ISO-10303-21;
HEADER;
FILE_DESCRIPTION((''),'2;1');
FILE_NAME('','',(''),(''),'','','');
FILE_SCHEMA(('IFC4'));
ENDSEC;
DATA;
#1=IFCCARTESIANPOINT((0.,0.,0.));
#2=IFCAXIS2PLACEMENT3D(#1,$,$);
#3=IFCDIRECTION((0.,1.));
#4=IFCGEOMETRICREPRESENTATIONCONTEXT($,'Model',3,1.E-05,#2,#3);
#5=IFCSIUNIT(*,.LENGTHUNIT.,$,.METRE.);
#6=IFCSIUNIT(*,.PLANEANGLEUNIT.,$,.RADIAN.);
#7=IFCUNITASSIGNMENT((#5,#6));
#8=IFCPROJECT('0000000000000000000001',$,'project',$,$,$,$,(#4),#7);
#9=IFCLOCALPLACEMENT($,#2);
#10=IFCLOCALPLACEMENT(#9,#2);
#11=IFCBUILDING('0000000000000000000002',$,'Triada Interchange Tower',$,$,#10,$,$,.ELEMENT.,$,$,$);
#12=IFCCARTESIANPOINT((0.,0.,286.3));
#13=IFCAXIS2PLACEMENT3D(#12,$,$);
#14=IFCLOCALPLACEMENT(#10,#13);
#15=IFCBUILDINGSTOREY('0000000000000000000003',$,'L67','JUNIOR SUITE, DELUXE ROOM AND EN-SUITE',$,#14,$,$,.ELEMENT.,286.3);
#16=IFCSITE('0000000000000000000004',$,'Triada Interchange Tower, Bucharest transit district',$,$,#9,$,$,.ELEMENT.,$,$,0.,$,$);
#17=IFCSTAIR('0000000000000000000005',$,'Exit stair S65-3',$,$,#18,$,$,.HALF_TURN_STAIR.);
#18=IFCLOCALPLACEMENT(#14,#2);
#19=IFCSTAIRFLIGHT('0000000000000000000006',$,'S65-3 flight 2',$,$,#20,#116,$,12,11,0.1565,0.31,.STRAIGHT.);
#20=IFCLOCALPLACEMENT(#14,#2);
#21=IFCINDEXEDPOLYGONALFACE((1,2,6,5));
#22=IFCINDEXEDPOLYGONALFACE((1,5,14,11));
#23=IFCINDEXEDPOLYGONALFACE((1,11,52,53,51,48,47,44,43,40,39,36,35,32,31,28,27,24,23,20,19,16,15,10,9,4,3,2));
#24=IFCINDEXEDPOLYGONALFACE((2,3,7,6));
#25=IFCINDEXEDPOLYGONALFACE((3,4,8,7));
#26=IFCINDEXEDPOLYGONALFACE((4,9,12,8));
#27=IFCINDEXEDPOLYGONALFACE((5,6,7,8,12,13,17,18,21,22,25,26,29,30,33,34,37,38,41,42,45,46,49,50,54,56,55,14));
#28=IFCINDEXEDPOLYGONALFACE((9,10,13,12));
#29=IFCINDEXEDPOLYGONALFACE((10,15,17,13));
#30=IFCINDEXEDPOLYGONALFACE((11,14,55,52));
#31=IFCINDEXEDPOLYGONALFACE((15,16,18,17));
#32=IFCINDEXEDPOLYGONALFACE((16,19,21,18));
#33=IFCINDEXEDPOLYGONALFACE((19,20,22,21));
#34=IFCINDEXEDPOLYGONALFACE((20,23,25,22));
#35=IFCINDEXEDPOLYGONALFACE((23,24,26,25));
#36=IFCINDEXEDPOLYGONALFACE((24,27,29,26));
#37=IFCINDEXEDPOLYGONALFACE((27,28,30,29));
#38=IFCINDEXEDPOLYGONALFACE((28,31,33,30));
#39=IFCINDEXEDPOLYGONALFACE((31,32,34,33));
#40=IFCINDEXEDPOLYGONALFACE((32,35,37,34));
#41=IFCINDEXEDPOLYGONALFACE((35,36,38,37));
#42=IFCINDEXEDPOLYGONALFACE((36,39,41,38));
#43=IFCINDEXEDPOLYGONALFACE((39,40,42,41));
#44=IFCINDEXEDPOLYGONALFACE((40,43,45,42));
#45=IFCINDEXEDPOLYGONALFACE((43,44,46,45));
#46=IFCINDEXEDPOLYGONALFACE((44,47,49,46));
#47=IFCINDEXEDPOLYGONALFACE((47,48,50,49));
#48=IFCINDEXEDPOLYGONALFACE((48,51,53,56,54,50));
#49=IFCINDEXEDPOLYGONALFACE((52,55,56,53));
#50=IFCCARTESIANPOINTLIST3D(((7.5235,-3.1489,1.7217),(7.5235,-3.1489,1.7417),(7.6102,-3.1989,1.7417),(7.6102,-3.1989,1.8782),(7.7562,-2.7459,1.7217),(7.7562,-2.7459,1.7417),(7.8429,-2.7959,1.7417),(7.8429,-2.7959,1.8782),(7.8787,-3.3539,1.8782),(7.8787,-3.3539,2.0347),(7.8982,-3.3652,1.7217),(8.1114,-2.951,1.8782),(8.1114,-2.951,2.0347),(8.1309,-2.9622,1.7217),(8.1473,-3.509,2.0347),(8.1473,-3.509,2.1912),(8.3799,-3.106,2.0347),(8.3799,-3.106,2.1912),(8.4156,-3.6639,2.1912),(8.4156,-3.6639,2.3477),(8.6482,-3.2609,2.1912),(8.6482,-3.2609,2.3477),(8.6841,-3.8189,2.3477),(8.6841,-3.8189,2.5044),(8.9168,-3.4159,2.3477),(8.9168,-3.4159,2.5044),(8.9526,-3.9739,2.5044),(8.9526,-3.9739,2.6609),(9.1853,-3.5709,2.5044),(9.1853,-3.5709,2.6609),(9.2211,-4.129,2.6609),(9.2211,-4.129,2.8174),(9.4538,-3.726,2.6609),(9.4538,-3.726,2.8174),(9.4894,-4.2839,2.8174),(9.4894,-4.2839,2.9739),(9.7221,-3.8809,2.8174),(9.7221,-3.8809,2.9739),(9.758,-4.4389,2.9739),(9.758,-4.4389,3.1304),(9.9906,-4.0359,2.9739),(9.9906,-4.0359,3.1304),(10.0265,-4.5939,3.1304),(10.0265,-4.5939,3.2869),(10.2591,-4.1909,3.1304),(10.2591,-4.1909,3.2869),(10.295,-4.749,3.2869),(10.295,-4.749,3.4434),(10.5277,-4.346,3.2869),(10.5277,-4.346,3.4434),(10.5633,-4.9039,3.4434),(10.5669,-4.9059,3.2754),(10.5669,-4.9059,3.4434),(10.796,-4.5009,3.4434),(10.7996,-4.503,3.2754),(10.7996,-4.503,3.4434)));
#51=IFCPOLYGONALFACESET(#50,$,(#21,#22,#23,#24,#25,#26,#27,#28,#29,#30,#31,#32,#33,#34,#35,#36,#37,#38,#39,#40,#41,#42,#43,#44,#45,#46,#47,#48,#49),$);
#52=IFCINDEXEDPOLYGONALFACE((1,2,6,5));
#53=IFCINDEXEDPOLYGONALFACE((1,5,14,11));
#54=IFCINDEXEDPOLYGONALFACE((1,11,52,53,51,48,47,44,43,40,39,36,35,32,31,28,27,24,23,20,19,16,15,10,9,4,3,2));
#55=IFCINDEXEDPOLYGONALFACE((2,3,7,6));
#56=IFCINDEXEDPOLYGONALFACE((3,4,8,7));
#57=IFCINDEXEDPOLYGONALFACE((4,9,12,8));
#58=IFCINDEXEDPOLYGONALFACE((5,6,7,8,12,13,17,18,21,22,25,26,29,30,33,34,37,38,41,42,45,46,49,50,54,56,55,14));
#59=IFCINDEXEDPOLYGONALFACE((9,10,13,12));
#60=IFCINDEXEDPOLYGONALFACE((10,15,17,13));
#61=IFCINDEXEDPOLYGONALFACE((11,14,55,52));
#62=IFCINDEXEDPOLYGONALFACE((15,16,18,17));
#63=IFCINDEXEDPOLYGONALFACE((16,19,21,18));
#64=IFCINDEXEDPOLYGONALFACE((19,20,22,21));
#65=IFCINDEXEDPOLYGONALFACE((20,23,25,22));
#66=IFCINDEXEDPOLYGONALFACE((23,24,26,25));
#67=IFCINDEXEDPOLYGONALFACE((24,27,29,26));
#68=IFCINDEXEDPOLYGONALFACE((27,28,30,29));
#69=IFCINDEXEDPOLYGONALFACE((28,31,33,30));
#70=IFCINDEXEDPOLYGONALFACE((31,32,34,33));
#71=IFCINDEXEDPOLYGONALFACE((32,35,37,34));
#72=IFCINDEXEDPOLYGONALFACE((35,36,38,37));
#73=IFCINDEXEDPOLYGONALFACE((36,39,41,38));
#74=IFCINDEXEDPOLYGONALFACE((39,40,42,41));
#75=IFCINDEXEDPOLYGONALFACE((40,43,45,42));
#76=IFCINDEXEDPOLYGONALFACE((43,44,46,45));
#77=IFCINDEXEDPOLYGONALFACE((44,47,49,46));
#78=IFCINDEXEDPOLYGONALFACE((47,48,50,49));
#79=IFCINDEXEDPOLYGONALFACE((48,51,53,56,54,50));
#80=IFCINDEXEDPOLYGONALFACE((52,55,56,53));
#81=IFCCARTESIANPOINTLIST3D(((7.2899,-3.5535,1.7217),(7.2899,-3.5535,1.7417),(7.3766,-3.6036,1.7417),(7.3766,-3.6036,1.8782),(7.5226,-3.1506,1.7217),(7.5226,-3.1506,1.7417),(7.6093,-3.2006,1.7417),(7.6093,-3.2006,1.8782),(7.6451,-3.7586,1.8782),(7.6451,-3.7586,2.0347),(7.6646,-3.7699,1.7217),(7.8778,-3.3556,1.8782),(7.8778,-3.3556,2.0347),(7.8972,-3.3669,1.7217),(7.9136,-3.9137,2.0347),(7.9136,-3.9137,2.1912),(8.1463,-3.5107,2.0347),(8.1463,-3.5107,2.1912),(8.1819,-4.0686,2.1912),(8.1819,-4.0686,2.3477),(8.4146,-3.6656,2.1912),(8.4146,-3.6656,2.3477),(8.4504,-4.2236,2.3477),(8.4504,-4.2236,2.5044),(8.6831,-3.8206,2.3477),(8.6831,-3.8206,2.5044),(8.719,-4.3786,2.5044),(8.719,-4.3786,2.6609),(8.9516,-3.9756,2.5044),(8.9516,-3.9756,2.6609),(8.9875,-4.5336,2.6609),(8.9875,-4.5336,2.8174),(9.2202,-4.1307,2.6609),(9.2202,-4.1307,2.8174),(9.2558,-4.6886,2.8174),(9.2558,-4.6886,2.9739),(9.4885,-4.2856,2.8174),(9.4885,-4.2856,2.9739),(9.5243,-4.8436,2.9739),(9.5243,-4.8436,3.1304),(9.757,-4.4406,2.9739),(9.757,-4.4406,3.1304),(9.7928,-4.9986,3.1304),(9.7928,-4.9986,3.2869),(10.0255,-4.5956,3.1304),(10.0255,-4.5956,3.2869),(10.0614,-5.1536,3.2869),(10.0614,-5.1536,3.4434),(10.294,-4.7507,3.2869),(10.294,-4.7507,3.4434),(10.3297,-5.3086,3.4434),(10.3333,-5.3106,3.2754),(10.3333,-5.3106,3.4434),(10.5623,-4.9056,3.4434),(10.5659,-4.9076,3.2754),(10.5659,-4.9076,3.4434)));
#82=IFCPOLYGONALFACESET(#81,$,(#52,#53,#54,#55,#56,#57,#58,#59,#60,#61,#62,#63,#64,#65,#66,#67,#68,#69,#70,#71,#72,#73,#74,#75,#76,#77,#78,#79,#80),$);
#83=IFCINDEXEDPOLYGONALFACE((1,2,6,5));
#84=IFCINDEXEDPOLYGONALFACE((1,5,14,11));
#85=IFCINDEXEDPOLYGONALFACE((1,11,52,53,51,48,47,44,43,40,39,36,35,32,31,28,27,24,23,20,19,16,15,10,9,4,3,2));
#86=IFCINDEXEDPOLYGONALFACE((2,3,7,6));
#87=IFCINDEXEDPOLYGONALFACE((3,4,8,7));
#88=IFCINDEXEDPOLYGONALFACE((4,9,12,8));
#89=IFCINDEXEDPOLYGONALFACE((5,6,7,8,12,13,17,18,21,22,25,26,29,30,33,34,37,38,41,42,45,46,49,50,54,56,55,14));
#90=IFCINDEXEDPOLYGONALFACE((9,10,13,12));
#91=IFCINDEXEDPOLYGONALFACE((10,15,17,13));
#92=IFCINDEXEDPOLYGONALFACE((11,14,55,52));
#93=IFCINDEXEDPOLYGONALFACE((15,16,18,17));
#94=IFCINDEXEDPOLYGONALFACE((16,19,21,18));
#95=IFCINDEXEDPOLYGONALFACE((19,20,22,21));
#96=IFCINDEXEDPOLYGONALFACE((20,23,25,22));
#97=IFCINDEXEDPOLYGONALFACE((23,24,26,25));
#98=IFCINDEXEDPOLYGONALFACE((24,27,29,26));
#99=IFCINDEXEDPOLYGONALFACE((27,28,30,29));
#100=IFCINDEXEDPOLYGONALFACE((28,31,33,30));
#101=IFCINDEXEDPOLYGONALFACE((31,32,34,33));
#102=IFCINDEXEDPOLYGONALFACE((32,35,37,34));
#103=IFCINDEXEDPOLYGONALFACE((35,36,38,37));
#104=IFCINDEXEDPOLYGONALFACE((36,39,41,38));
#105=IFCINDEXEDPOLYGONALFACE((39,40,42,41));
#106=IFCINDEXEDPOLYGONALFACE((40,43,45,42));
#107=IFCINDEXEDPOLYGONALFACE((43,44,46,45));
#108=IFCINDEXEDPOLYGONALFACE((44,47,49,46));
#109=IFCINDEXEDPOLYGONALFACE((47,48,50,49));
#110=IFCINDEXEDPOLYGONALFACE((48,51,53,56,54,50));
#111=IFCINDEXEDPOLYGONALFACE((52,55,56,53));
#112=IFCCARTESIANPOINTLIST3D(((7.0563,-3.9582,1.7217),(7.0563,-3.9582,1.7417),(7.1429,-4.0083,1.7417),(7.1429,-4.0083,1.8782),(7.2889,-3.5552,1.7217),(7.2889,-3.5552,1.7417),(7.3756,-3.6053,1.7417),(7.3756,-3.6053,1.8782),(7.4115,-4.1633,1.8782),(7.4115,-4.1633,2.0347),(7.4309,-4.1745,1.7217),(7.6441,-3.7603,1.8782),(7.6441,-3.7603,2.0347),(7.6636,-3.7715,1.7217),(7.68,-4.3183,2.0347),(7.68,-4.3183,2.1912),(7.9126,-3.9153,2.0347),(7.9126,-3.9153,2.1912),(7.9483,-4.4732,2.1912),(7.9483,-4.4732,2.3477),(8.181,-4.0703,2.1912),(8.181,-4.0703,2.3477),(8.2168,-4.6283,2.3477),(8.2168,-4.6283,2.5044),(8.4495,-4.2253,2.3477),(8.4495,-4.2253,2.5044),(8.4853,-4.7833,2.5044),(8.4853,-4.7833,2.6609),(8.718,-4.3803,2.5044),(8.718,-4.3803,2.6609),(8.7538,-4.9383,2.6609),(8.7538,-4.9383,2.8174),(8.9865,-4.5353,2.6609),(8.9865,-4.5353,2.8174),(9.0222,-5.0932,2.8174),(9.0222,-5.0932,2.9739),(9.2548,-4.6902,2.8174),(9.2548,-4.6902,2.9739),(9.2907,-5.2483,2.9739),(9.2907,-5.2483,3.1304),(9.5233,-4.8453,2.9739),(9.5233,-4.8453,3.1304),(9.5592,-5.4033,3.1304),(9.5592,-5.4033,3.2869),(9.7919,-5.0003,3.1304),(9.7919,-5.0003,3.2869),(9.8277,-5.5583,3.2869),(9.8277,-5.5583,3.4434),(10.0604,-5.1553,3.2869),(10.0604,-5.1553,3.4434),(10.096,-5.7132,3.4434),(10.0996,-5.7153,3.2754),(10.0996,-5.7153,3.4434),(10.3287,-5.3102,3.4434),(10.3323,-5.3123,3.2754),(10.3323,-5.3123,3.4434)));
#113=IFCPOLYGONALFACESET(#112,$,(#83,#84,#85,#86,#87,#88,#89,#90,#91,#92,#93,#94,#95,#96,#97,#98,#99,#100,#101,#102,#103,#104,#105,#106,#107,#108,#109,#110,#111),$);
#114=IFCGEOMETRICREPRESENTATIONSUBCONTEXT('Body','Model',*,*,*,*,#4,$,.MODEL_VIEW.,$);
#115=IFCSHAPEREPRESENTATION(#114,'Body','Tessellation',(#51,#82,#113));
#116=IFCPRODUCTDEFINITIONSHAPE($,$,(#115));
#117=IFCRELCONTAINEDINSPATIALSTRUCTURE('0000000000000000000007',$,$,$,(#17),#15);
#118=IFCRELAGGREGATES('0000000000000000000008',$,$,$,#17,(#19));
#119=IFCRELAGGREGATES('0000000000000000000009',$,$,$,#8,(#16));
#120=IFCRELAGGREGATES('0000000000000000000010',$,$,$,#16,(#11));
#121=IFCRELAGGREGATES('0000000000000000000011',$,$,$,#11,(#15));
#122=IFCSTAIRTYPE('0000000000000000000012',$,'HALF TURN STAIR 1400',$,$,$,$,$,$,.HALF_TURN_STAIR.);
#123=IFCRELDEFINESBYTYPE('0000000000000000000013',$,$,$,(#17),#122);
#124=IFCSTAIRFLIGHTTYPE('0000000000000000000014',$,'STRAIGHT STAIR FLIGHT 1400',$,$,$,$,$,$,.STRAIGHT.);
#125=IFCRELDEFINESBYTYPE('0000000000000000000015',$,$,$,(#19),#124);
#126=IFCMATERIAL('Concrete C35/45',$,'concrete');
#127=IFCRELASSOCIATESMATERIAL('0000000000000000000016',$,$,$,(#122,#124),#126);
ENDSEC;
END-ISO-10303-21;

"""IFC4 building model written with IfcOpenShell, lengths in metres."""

from ifc_helpers import new_model, si_unit, direction, frame, origin, place, context, subcontext, project, spatial, polyline, outline, extrude, material, type_object, element, aggregate, save


model = new_model("IFC4")

# Units and contexts
model_context = context("Model", 3, precision=1e-05, world=origin(), true_north=direction((0.0, 1.0)))
body_context = subcontext(model_context, "Body", "Model", "MODEL_VIEW")
ifc_project = project(units=[si_unit("LENGTHUNIT", "METRE"), si_unit("PLANEANGLEUNIT", "RADIAN")], contexts=[model_context])

# Site, building, storey
site_placement = place(None, origin())
site = spatial("IfcSite", under=ifc_project, at=site_placement, Name="Triada Interchange Tower, Bucharest transit district", CompositionType="ELEMENT", RefElevation=0.0)
building_placement = place(site_placement, origin())
building = spatial("IfcBuilding", under=site, at=building_placement, Name="Triada Interchange Tower", CompositionType="ELEMENT")
storey_placement = place(building_placement, frame((0.0, 0.0, 286.3)))
storey = spatial("IfcBuildingStorey", under=building, at=storey_placement, Name="L67", Description="JUNIOR SUITE, DELUXE ROOM AND EN-SUITE", CompositionType="ELEMENT", Elevation=286.3)

# Stair, stair flight
ifc_material_1 = material(Name="Concrete C35/45", Category="concrete")
stair_type = type_object("IfcStairType", Name="HALF TURN STAIR 1400", PredefinedType="HALF_TURN_STAIR", material=ifc_material_1)
stair_placement = place(storey_placement, origin())
stair = element("IfcStair", 1, at=stair_placement, inside=storey, type_object=stair_type, Name="Exit stair S65-3", PredefinedType="HALF_TURN_STAIR")
stair_flight_type = type_object("IfcStairFlightType", Name="STRAIGHT STAIR FLIGHT 1400", PredefinedType="STRAIGHT", material=ifc_material_1)
stair_flight_1_placement = place(storey_placement, frame((7.4929, -3.4021, 1.7217), z_axis=(0.0, 0.0, 1.0), x_axis=(0.866025, -0.5, 0.0)))
stair_flight_1 = element("IfcStairFlight", 2, at=stair_flight_1_placement, type_object=stair_flight_type, Name="S65-3 flight 2", NumberOfRisers=12, NumberOfTreads=11, PredefinedType="STRAIGHT", RiserHeight=0.1565, TreadLength=0.31, context=body_context, shape_type="SweptSolid", body=[
    extrude(outline(polyline([(-0.1001, 0.0), (-0.1001, 0.02), (0.0, 0.02), (0.0, 0.1565), (0.3101, 0.1565), (0.3101, 0.313), (0.6201, 0.313), (0.6201, 0.4695), (0.9299, 0.4695), (0.9299, 0.626), (1.24, 0.626), (1.24, 0.7827), (1.55, 0.7827), (1.55, 0.9392), (1.8601, 0.9392), (1.8601, 1.0957), (2.1699, 1.0957), (2.1699, 1.2522), (2.48, 1.2522), (2.48, 1.4087), (2.79, 1.4087), (2.79, 1.5652), (3.1001, 1.5652), (3.1001, 1.7217), (3.4099, 1.7217), (3.4141, 1.7217), (3.4141, 1.8782), (3.4141, 1.5537), (0.3325, 0.0), (-0.1001, 0.0)])), frame((0.0, 0.7, 0.0), z_axis=(0.0, -1.0, 0.0), x_axis=(1.0, 0.0, 0.0)), (0.0, 0.0, 1.0), 0.4653),
    extrude(outline(polyline([(-0.1001, 0.0), (-0.1001, 0.02), (0.0, 0.02), (0.0, 0.1565), (0.3101, 0.1565), (0.3101, 0.313), (0.6201, 0.313), (0.6201, 0.4695), (0.9299, 0.4695), (0.9299, 0.626), (1.24, 0.626), (1.24, 0.7827), (1.55, 0.7827), (1.55, 0.9392), (1.8601, 0.9392), (1.8601, 1.0957), (2.1699, 1.0957), (2.1699, 1.2522), (2.48, 1.2522), (2.48, 1.4087), (2.79, 1.4087), (2.79, 1.5652), (3.1001, 1.5652), (3.1001, 1.7217), (3.4099, 1.7217), (3.4141, 1.7217), (3.4141, 1.8782), (3.4141, 1.5537), (0.3325, 0.0), (-0.1001, 0.0)])), frame((0.0, 0.2327, 0.0), z_axis=(0.0, -1.0, 0.0), x_axis=(1.0, 0.0, 0.0)), (0.0, 0.0, 1.0), 0.4653),
    extrude(outline(polyline([(-0.1001, 0.0), (-0.1001, 0.02), (0.0, 0.02), (0.0, 0.1565), (0.3101, 0.1565), (0.3101, 0.313), (0.6201, 0.313), (0.6201, 0.4695), (0.9299, 0.4695), (0.9299, 0.626), (1.24, 0.626), (1.24, 0.7827), (1.55, 0.7827), (1.55, 0.9392), (1.8601, 0.9392), (1.8601, 1.0957), (2.1699, 1.0957), (2.1699, 1.2522), (2.48, 1.2522), (2.48, 1.4087), (2.79, 1.4087), (2.79, 1.5652), (3.1001, 1.5652), (3.1001, 1.7217), (3.4099, 1.7217), (3.4141, 1.7217), (3.4141, 1.8782), (3.4141, 1.5537), (0.3325, 0.0), (-0.1001, 0.0)])), frame((0.0, -0.2346, 0.0), z_axis=(0.0, -1.0, 0.0), x_axis=(1.0, 0.0, 0.0)), (0.0, 0.0, 1.0), 0.4653),
])
aggregate(stair, [stair_flight_1])

save(model, "model.ifc")
